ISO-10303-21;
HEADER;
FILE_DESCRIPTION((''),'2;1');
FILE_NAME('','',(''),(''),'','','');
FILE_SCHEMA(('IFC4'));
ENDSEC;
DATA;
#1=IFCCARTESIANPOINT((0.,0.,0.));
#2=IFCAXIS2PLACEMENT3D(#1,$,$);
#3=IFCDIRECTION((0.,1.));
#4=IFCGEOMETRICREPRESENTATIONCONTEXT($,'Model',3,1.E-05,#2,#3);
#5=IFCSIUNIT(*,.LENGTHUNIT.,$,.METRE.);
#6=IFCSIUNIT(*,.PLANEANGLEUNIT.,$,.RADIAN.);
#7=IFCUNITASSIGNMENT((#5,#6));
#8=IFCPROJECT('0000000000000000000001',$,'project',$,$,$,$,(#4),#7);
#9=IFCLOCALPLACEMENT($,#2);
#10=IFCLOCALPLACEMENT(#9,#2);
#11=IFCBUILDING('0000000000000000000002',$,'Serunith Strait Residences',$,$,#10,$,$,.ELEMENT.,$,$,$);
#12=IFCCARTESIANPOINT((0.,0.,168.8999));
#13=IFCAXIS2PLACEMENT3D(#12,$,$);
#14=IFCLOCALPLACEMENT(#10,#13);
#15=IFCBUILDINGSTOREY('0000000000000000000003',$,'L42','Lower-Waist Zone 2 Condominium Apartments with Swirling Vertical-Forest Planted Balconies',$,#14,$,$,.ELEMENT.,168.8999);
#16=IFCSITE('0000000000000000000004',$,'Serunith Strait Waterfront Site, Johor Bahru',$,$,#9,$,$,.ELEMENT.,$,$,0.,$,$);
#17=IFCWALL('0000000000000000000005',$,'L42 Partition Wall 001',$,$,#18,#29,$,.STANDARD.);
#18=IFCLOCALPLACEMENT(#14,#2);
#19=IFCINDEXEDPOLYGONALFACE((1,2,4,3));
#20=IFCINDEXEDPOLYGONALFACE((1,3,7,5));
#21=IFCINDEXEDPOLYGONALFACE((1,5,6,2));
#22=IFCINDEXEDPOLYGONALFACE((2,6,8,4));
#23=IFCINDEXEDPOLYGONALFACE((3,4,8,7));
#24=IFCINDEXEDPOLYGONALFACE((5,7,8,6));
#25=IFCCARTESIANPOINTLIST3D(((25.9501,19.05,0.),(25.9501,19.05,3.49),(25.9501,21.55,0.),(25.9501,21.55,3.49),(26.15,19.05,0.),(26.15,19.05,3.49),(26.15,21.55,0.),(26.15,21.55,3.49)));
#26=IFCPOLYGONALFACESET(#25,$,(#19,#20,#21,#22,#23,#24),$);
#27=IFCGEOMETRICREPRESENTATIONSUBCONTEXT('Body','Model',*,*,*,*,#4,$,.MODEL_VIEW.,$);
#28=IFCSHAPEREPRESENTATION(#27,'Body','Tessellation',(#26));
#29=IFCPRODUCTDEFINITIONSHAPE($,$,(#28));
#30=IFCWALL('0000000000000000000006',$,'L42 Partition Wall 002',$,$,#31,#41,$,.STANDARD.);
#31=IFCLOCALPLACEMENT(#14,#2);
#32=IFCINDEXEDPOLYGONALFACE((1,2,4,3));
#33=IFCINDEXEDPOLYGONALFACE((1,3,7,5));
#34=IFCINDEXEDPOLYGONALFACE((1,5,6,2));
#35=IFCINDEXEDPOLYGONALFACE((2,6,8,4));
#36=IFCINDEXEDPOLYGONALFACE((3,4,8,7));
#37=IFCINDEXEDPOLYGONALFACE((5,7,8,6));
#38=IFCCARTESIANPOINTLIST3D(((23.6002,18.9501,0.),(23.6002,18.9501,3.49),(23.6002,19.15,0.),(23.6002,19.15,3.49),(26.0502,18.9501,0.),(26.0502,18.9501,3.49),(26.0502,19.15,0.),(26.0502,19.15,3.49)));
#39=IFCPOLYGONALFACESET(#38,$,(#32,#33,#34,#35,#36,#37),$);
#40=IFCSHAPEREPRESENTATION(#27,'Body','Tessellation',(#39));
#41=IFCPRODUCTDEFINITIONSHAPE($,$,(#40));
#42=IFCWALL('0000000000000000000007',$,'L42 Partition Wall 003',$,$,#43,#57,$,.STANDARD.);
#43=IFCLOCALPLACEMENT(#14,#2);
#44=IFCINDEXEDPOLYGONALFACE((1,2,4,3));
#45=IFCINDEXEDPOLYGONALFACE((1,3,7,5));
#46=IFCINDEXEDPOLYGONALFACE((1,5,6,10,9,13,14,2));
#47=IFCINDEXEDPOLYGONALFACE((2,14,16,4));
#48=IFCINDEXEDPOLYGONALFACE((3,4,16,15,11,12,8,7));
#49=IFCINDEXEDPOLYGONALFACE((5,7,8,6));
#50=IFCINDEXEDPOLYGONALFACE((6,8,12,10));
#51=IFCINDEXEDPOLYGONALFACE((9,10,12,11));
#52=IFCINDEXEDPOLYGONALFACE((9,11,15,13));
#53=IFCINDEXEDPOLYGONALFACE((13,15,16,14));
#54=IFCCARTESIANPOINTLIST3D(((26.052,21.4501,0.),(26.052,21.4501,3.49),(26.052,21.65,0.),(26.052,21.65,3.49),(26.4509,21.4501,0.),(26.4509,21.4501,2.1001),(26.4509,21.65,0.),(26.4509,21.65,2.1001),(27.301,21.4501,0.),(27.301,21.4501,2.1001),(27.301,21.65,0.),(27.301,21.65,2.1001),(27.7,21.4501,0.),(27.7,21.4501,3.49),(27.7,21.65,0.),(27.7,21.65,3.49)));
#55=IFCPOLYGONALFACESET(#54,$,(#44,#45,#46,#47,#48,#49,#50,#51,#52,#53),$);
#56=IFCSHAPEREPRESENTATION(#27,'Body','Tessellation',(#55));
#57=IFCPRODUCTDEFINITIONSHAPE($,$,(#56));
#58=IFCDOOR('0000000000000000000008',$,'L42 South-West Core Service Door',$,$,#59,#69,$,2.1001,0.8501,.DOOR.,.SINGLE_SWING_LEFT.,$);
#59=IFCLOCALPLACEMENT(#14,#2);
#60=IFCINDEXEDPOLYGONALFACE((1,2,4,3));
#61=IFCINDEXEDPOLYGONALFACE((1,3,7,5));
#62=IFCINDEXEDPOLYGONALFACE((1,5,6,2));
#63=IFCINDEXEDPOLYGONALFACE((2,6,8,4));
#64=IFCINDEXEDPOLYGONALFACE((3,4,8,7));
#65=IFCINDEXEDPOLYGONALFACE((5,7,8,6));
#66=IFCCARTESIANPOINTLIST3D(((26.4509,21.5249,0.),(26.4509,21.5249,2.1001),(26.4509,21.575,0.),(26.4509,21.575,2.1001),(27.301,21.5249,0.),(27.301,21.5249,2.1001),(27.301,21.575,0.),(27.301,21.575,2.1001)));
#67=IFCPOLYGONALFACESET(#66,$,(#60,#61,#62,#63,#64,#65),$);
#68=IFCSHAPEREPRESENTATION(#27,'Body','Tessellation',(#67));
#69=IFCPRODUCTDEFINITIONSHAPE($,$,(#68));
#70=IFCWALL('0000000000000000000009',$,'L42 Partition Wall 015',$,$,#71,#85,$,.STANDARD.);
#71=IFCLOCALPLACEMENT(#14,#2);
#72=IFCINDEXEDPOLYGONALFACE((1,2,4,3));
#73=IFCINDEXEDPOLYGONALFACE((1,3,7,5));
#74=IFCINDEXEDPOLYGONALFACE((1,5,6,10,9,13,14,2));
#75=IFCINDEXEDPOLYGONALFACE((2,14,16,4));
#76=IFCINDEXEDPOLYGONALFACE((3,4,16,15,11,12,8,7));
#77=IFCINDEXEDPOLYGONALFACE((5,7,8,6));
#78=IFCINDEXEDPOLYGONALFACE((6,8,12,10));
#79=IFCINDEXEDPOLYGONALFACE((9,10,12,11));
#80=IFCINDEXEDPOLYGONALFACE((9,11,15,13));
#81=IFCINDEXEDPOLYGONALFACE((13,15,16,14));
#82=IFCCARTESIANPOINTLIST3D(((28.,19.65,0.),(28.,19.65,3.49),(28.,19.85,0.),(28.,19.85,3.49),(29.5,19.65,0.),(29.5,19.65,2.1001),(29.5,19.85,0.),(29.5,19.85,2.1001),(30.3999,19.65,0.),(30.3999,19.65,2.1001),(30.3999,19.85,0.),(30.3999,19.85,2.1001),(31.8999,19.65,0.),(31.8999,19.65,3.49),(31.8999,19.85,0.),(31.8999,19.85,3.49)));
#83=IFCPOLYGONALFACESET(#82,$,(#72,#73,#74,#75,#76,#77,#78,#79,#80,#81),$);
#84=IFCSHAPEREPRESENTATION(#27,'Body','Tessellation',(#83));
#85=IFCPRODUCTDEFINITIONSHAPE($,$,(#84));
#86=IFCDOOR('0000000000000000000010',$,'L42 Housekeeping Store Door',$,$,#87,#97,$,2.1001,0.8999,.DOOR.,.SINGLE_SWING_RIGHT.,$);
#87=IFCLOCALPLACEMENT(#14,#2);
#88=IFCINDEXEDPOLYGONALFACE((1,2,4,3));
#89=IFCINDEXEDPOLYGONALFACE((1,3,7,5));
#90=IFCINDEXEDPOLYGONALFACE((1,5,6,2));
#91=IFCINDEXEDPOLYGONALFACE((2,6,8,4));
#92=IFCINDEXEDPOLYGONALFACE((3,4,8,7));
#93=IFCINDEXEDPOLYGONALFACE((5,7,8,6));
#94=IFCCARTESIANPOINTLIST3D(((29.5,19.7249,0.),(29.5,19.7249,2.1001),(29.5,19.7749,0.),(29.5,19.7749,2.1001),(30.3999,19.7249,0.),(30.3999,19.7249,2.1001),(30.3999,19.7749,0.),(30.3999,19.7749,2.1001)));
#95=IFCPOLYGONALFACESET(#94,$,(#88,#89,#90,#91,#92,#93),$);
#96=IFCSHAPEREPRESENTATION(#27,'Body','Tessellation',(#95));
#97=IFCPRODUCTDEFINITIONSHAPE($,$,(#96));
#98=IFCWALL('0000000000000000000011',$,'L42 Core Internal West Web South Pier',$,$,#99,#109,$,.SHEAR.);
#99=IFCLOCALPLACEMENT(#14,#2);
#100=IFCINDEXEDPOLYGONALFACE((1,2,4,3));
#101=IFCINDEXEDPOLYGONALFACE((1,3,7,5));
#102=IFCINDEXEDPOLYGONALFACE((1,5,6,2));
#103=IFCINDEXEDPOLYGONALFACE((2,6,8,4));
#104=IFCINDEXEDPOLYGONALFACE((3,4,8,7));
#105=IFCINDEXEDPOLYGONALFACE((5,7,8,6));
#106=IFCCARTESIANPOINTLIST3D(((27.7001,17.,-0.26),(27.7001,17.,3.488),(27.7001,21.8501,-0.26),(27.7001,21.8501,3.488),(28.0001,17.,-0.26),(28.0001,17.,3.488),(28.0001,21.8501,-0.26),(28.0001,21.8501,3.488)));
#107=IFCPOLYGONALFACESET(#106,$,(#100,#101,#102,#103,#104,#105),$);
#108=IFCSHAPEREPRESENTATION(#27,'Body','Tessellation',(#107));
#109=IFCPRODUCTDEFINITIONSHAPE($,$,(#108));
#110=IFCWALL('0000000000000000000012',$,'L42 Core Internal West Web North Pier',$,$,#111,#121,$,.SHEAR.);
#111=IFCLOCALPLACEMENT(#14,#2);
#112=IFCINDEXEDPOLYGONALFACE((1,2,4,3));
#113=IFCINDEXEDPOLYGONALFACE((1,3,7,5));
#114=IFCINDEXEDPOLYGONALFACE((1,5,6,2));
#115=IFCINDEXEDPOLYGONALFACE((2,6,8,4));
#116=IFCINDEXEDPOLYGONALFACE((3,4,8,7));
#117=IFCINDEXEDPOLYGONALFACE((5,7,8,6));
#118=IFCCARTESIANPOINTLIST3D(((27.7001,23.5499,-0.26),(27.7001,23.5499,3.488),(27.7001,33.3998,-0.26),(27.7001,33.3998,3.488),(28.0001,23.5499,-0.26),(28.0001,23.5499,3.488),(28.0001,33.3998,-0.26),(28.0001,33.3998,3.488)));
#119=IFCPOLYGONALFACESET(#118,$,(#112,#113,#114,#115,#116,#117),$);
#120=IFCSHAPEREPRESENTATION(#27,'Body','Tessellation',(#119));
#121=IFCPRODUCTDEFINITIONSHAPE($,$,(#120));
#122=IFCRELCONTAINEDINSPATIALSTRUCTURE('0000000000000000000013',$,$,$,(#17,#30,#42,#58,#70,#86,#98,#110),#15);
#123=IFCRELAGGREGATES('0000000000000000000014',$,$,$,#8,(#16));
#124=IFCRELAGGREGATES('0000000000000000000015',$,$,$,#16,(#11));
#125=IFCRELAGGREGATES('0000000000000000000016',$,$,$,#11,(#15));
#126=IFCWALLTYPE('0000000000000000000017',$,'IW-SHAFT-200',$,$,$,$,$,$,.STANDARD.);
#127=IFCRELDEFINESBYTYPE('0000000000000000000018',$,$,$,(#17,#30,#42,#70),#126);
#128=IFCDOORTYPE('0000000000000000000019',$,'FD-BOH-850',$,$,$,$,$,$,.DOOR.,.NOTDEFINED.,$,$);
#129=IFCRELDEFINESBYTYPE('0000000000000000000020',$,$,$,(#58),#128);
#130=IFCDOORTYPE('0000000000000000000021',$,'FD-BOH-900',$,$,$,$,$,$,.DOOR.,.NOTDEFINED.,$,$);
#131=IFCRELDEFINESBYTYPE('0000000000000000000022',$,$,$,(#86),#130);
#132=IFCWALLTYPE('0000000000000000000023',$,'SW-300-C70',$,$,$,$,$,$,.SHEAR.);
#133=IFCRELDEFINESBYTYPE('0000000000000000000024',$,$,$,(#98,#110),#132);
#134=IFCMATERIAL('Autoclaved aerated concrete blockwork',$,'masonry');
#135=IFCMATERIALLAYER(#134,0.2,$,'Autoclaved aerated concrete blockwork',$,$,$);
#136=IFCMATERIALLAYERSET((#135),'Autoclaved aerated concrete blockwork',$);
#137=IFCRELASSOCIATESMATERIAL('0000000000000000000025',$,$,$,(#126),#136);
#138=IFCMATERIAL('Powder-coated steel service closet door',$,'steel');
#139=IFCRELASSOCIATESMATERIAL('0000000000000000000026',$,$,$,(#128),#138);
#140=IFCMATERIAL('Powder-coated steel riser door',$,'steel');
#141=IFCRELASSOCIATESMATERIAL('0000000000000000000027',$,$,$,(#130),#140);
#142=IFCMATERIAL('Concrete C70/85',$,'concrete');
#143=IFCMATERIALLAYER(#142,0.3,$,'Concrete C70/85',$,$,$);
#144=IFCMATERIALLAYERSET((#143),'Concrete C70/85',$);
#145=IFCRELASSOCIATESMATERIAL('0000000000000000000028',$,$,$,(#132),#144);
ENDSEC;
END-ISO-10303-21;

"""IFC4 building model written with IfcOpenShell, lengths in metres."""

from ifc_helpers import new_model, si_unit, direction, frame, frame_2d, origin, place, context, subcontext, project, spatial, rectangle, extrude, source, transform, mapped, material, layer, layer_set, type_object, element, fill, save


model = new_model("IFC4")

# Units and contexts
model_context = context("Model", 3, precision=1e-05, world=origin(), true_north=direction((0.0, 1.0)))
body_context = subcontext(model_context, "Body", "Model", "MODEL_VIEW")
ifc_project = project(units=[si_unit("LENGTHUNIT", "METRE"), si_unit("PLANEANGLEUNIT", "RADIAN")], contexts=[model_context])

# Site, building, storey
site_placement = place(None, origin())
site = spatial("IfcSite", under=ifc_project, at=site_placement, Name="Serunith Strait Waterfront Site, Johor Bahru", CompositionType="ELEMENT", RefElevation=0.0)
building_placement = place(site_placement, origin())
building = spatial("IfcBuilding", under=site, at=building_placement, Name="Serunith Strait Residences", CompositionType="ELEMENT")
storey_placement = place(building_placement, frame((0.0, 0.0, 168.8999)))
storey = spatial("IfcBuildingStorey", under=building, at=storey_placement, Name="L42", Description="Lower-Waist Zone 2 Condominium Apartments with Swirling Vertical-Forest Planted Balconies", CompositionType="ELEMENT", Elevation=168.8999)

# Shared definitions
ifc_material_1 = material(Name="Autoclaved aerated concrete blockwork", Category="masonry")
ifc_layer_1 = layer(ifc_material_1, 0.2, Name="Autoclaved aerated concrete blockwork")
ifc_layer_set_1 = layer_set([ifc_layer_1], Name="Autoclaved aerated concrete blockwork")
wall_type_1 = type_object("IfcWallType", Name="IW-SHAFT-200", PredefinedType="STANDARD", material=ifc_layer_set_1)

# Walls
wall_1_placement = place(storey_placement, frame((26.05, 19.05, 0.0), z_axis=(0.0, 0.0, 1.0), x_axis=(0.0, 1.0, 0.0)))
element("IfcWall", 1, at=wall_1_placement, inside=storey, type_object=wall_type_1, Name="L42 Partition Wall 001", PredefinedType="STANDARD", context=body_context, shape_type="SweptSolid", body=[
    extrude(rectangle(XDim=2.5, YDim=0.2, at=frame_2d((1.25, 0.0))), origin(), (0.0, 0.0, 1.0), 3.49),
])
wall_2_placement = place(storey_placement, frame((23.6001, 19.05, 0.0), z_axis=(0.0, 0.0, 1.0), x_axis=(1.0, 0.0, 0.0)))
element("IfcWall", 2, at=wall_2_placement, inside=storey, type_object=wall_type_1, Name="L42 Partition Wall 002", PredefinedType="STANDARD", context=body_context, shape_type="SweptSolid", body=[
    extrude(rectangle(XDim=2.45, YDim=0.2, at=frame_2d((1.2251, 0.0))), origin(), (0.0, 0.0, 1.0), 3.49),
])

# Walls, openings, doors
wall_3_placement = place(storey_placement, frame((26.052, 21.55, 0.0), z_axis=(0.0, 0.0, 1.0), x_axis=(1.0, 0.0, 0.0)))
wall_3 = element("IfcWall", 3, at=wall_3_placement, inside=storey, type_object=wall_type_1, Name="L42 Partition Wall 003", PredefinedType="STANDARD", context=body_context, shape_type="SweptSolid", body=[
    extrude(rectangle(XDim=1.6479, YDim=0.2, at=frame_2d((0.824, 0.0))), origin(), (0.0, 0.0, 1.0), 3.49),
])
opening_1_placement = place(wall_3_placement, frame((0.3989, 0.0, 0.0)))
opening_1 = element("IfcOpeningElement", 4, at=opening_1_placement, cuts=wall_3, PredefinedType="OPENING", context=body_context, shape_type="SweptSolid", body=[
    extrude(rectangle(XDim=0.8501, YDim=2.1001, at=frame_2d((0.425, 1.05))), frame((0.0, 0.1099, 0.0), z_axis=(0.0, -1.0, 0.0), x_axis=(1.0, 0.0, 0.0)), (0.0, 0.0, 1.0), 0.22),
])
ifc_material_2 = material(Name="Powder-coated steel service closet door", Category="steel")
door_type_1 = type_object("IfcDoorType", Name="FD-BOH-850", OperationType="NOTDEFINED", PredefinedType="DOOR", material=ifc_material_2)
shared_shape_1 = source(origin(), body_context, "Body", "SweptSolid", [
    extrude(rectangle(XDim=0.8501, YDim=2.1001, at=frame_2d((0.425, 1.05))), frame((0.0, 0.0249, 0.0), z_axis=(0.0, -1.0, 0.0), x_axis=(1.0, 0.0, 0.0)), (0.0, 0.0, 1.0), 0.05),
])
door_1_placement = place(opening_1_placement, origin())
door_1 = element("IfcDoor", 5, at=door_1_placement, inside=storey, type_object=door_type_1, Name="L42 South-West Core Service Door", OperationType="SINGLE_SWING_LEFT", OverallHeight=2.1001, OverallWidth=0.8501, PredefinedType="DOOR", context=body_context, shape_type="MappedRepresentation", body=[
    mapped(shared_shape_1, transform((0.0, 0.0, 0.0), scale=1.0)),
])
fill(opening_1, door_1)
wall_4_placement = place(storey_placement, frame((28.0, 19.75, 0.0), z_axis=(0.0, 0.0, 1.0), x_axis=(1.0, 0.0, 0.0)))
wall_4 = element("IfcWall", 6, at=wall_4_placement, inside=storey, type_object=wall_type_1, Name="L42 Partition Wall 015", PredefinedType="STANDARD", context=body_context, shape_type="SweptSolid", body=[
    extrude(rectangle(XDim=3.8999, YDim=0.2, at=frame_2d((1.95, 0.0))), origin(), (0.0, 0.0, 1.0), 3.49),
])
opening_2_placement = place(wall_4_placement, frame((1.5, 0.0, 0.0)))
opening_2 = element("IfcOpeningElement", 7, at=opening_2_placement, cuts=wall_4, PredefinedType="OPENING", context=body_context, shape_type="SweptSolid", body=[
    extrude(rectangle(XDim=0.8999, YDim=2.1001, at=frame_2d((0.45, 1.05))), frame((0.0, 0.1099, 0.0), z_axis=(0.0, -1.0, 0.0), x_axis=(1.0, 0.0, 0.0)), (0.0, 0.0, 1.0), 0.22),
])
ifc_material_3 = material(Name="Powder-coated steel riser door", Category="steel")
door_type_2 = type_object("IfcDoorType", Name="FD-BOH-900", OperationType="NOTDEFINED", PredefinedType="DOOR", material=ifc_material_3)
shared_shape_2 = source(origin(), body_context, "Body", "SweptSolid", [
    extrude(rectangle(XDim=0.8999, YDim=2.1001, at=frame_2d((0.45, 1.05))), frame((0.0, 0.0249, 0.0), z_axis=(0.0, -1.0, 0.0), x_axis=(1.0, 0.0, 0.0)), (0.0, 0.0, 1.0), 0.05),
])
door_2_placement = place(opening_2_placement, origin())
door_2 = element("IfcDoor", 8, at=door_2_placement, inside=storey, type_object=door_type_2, Name="L42 Housekeeping Store Door", OperationType="SINGLE_SWING_RIGHT", OverallHeight=2.1001, OverallWidth=0.8999, PredefinedType="DOOR", context=body_context, shape_type="MappedRepresentation", body=[
    mapped(shared_shape_2, transform((0.0, 0.0, 0.0), scale=1.0)),
])
fill(opening_2, door_2)

# Walls
ifc_material_4 = material(Name="Concrete C70/85", Category="concrete")
ifc_layer_2 = layer(ifc_material_4, 0.3, Name="Concrete C70/85")
ifc_layer_set_2 = layer_set([ifc_layer_2], Name="Concrete C70/85")
wall_type_2 = type_object("IfcWallType", Name="SW-300-C70", PredefinedType="SHEAR", material=ifc_layer_set_2)
wall_5_placement = place(storey_placement, frame((27.8501, 17.0, -0.26), z_axis=(0.0, 0.0, 1.0), x_axis=(0.0, 1.0, 0.0)))
element("IfcWall", 9, at=wall_5_placement, inside=storey, type_object=wall_type_2, Name="L42 Core Internal West Web South Pier", PredefinedType="SHEAR", context=body_context, shape_type="SweptSolid", body=[
    extrude(rectangle(XDim=4.8501, YDim=0.3, at=frame_2d((2.425, 0.0))), origin(), (0.0, 0.0, 1.0), 3.748),
])
wall_6_placement = place(storey_placement, frame((27.8501, 23.55, -0.26), z_axis=(0.0, 0.0, 1.0), x_axis=(0.0, 1.0, 0.0)))
element("IfcWall", 10, at=wall_6_placement, inside=storey, type_object=wall_type_2, Name="L42 Core Internal West Web North Pier", PredefinedType="SHEAR", context=body_context, shape_type="SweptSolid", body=[
    extrude(rectangle(XDim=9.8499, YDim=0.3, at=frame_2d((4.9248, 0.0))), origin(), (0.0, 0.0, 1.0), 3.748),
])

save(model, "model.ifc")
